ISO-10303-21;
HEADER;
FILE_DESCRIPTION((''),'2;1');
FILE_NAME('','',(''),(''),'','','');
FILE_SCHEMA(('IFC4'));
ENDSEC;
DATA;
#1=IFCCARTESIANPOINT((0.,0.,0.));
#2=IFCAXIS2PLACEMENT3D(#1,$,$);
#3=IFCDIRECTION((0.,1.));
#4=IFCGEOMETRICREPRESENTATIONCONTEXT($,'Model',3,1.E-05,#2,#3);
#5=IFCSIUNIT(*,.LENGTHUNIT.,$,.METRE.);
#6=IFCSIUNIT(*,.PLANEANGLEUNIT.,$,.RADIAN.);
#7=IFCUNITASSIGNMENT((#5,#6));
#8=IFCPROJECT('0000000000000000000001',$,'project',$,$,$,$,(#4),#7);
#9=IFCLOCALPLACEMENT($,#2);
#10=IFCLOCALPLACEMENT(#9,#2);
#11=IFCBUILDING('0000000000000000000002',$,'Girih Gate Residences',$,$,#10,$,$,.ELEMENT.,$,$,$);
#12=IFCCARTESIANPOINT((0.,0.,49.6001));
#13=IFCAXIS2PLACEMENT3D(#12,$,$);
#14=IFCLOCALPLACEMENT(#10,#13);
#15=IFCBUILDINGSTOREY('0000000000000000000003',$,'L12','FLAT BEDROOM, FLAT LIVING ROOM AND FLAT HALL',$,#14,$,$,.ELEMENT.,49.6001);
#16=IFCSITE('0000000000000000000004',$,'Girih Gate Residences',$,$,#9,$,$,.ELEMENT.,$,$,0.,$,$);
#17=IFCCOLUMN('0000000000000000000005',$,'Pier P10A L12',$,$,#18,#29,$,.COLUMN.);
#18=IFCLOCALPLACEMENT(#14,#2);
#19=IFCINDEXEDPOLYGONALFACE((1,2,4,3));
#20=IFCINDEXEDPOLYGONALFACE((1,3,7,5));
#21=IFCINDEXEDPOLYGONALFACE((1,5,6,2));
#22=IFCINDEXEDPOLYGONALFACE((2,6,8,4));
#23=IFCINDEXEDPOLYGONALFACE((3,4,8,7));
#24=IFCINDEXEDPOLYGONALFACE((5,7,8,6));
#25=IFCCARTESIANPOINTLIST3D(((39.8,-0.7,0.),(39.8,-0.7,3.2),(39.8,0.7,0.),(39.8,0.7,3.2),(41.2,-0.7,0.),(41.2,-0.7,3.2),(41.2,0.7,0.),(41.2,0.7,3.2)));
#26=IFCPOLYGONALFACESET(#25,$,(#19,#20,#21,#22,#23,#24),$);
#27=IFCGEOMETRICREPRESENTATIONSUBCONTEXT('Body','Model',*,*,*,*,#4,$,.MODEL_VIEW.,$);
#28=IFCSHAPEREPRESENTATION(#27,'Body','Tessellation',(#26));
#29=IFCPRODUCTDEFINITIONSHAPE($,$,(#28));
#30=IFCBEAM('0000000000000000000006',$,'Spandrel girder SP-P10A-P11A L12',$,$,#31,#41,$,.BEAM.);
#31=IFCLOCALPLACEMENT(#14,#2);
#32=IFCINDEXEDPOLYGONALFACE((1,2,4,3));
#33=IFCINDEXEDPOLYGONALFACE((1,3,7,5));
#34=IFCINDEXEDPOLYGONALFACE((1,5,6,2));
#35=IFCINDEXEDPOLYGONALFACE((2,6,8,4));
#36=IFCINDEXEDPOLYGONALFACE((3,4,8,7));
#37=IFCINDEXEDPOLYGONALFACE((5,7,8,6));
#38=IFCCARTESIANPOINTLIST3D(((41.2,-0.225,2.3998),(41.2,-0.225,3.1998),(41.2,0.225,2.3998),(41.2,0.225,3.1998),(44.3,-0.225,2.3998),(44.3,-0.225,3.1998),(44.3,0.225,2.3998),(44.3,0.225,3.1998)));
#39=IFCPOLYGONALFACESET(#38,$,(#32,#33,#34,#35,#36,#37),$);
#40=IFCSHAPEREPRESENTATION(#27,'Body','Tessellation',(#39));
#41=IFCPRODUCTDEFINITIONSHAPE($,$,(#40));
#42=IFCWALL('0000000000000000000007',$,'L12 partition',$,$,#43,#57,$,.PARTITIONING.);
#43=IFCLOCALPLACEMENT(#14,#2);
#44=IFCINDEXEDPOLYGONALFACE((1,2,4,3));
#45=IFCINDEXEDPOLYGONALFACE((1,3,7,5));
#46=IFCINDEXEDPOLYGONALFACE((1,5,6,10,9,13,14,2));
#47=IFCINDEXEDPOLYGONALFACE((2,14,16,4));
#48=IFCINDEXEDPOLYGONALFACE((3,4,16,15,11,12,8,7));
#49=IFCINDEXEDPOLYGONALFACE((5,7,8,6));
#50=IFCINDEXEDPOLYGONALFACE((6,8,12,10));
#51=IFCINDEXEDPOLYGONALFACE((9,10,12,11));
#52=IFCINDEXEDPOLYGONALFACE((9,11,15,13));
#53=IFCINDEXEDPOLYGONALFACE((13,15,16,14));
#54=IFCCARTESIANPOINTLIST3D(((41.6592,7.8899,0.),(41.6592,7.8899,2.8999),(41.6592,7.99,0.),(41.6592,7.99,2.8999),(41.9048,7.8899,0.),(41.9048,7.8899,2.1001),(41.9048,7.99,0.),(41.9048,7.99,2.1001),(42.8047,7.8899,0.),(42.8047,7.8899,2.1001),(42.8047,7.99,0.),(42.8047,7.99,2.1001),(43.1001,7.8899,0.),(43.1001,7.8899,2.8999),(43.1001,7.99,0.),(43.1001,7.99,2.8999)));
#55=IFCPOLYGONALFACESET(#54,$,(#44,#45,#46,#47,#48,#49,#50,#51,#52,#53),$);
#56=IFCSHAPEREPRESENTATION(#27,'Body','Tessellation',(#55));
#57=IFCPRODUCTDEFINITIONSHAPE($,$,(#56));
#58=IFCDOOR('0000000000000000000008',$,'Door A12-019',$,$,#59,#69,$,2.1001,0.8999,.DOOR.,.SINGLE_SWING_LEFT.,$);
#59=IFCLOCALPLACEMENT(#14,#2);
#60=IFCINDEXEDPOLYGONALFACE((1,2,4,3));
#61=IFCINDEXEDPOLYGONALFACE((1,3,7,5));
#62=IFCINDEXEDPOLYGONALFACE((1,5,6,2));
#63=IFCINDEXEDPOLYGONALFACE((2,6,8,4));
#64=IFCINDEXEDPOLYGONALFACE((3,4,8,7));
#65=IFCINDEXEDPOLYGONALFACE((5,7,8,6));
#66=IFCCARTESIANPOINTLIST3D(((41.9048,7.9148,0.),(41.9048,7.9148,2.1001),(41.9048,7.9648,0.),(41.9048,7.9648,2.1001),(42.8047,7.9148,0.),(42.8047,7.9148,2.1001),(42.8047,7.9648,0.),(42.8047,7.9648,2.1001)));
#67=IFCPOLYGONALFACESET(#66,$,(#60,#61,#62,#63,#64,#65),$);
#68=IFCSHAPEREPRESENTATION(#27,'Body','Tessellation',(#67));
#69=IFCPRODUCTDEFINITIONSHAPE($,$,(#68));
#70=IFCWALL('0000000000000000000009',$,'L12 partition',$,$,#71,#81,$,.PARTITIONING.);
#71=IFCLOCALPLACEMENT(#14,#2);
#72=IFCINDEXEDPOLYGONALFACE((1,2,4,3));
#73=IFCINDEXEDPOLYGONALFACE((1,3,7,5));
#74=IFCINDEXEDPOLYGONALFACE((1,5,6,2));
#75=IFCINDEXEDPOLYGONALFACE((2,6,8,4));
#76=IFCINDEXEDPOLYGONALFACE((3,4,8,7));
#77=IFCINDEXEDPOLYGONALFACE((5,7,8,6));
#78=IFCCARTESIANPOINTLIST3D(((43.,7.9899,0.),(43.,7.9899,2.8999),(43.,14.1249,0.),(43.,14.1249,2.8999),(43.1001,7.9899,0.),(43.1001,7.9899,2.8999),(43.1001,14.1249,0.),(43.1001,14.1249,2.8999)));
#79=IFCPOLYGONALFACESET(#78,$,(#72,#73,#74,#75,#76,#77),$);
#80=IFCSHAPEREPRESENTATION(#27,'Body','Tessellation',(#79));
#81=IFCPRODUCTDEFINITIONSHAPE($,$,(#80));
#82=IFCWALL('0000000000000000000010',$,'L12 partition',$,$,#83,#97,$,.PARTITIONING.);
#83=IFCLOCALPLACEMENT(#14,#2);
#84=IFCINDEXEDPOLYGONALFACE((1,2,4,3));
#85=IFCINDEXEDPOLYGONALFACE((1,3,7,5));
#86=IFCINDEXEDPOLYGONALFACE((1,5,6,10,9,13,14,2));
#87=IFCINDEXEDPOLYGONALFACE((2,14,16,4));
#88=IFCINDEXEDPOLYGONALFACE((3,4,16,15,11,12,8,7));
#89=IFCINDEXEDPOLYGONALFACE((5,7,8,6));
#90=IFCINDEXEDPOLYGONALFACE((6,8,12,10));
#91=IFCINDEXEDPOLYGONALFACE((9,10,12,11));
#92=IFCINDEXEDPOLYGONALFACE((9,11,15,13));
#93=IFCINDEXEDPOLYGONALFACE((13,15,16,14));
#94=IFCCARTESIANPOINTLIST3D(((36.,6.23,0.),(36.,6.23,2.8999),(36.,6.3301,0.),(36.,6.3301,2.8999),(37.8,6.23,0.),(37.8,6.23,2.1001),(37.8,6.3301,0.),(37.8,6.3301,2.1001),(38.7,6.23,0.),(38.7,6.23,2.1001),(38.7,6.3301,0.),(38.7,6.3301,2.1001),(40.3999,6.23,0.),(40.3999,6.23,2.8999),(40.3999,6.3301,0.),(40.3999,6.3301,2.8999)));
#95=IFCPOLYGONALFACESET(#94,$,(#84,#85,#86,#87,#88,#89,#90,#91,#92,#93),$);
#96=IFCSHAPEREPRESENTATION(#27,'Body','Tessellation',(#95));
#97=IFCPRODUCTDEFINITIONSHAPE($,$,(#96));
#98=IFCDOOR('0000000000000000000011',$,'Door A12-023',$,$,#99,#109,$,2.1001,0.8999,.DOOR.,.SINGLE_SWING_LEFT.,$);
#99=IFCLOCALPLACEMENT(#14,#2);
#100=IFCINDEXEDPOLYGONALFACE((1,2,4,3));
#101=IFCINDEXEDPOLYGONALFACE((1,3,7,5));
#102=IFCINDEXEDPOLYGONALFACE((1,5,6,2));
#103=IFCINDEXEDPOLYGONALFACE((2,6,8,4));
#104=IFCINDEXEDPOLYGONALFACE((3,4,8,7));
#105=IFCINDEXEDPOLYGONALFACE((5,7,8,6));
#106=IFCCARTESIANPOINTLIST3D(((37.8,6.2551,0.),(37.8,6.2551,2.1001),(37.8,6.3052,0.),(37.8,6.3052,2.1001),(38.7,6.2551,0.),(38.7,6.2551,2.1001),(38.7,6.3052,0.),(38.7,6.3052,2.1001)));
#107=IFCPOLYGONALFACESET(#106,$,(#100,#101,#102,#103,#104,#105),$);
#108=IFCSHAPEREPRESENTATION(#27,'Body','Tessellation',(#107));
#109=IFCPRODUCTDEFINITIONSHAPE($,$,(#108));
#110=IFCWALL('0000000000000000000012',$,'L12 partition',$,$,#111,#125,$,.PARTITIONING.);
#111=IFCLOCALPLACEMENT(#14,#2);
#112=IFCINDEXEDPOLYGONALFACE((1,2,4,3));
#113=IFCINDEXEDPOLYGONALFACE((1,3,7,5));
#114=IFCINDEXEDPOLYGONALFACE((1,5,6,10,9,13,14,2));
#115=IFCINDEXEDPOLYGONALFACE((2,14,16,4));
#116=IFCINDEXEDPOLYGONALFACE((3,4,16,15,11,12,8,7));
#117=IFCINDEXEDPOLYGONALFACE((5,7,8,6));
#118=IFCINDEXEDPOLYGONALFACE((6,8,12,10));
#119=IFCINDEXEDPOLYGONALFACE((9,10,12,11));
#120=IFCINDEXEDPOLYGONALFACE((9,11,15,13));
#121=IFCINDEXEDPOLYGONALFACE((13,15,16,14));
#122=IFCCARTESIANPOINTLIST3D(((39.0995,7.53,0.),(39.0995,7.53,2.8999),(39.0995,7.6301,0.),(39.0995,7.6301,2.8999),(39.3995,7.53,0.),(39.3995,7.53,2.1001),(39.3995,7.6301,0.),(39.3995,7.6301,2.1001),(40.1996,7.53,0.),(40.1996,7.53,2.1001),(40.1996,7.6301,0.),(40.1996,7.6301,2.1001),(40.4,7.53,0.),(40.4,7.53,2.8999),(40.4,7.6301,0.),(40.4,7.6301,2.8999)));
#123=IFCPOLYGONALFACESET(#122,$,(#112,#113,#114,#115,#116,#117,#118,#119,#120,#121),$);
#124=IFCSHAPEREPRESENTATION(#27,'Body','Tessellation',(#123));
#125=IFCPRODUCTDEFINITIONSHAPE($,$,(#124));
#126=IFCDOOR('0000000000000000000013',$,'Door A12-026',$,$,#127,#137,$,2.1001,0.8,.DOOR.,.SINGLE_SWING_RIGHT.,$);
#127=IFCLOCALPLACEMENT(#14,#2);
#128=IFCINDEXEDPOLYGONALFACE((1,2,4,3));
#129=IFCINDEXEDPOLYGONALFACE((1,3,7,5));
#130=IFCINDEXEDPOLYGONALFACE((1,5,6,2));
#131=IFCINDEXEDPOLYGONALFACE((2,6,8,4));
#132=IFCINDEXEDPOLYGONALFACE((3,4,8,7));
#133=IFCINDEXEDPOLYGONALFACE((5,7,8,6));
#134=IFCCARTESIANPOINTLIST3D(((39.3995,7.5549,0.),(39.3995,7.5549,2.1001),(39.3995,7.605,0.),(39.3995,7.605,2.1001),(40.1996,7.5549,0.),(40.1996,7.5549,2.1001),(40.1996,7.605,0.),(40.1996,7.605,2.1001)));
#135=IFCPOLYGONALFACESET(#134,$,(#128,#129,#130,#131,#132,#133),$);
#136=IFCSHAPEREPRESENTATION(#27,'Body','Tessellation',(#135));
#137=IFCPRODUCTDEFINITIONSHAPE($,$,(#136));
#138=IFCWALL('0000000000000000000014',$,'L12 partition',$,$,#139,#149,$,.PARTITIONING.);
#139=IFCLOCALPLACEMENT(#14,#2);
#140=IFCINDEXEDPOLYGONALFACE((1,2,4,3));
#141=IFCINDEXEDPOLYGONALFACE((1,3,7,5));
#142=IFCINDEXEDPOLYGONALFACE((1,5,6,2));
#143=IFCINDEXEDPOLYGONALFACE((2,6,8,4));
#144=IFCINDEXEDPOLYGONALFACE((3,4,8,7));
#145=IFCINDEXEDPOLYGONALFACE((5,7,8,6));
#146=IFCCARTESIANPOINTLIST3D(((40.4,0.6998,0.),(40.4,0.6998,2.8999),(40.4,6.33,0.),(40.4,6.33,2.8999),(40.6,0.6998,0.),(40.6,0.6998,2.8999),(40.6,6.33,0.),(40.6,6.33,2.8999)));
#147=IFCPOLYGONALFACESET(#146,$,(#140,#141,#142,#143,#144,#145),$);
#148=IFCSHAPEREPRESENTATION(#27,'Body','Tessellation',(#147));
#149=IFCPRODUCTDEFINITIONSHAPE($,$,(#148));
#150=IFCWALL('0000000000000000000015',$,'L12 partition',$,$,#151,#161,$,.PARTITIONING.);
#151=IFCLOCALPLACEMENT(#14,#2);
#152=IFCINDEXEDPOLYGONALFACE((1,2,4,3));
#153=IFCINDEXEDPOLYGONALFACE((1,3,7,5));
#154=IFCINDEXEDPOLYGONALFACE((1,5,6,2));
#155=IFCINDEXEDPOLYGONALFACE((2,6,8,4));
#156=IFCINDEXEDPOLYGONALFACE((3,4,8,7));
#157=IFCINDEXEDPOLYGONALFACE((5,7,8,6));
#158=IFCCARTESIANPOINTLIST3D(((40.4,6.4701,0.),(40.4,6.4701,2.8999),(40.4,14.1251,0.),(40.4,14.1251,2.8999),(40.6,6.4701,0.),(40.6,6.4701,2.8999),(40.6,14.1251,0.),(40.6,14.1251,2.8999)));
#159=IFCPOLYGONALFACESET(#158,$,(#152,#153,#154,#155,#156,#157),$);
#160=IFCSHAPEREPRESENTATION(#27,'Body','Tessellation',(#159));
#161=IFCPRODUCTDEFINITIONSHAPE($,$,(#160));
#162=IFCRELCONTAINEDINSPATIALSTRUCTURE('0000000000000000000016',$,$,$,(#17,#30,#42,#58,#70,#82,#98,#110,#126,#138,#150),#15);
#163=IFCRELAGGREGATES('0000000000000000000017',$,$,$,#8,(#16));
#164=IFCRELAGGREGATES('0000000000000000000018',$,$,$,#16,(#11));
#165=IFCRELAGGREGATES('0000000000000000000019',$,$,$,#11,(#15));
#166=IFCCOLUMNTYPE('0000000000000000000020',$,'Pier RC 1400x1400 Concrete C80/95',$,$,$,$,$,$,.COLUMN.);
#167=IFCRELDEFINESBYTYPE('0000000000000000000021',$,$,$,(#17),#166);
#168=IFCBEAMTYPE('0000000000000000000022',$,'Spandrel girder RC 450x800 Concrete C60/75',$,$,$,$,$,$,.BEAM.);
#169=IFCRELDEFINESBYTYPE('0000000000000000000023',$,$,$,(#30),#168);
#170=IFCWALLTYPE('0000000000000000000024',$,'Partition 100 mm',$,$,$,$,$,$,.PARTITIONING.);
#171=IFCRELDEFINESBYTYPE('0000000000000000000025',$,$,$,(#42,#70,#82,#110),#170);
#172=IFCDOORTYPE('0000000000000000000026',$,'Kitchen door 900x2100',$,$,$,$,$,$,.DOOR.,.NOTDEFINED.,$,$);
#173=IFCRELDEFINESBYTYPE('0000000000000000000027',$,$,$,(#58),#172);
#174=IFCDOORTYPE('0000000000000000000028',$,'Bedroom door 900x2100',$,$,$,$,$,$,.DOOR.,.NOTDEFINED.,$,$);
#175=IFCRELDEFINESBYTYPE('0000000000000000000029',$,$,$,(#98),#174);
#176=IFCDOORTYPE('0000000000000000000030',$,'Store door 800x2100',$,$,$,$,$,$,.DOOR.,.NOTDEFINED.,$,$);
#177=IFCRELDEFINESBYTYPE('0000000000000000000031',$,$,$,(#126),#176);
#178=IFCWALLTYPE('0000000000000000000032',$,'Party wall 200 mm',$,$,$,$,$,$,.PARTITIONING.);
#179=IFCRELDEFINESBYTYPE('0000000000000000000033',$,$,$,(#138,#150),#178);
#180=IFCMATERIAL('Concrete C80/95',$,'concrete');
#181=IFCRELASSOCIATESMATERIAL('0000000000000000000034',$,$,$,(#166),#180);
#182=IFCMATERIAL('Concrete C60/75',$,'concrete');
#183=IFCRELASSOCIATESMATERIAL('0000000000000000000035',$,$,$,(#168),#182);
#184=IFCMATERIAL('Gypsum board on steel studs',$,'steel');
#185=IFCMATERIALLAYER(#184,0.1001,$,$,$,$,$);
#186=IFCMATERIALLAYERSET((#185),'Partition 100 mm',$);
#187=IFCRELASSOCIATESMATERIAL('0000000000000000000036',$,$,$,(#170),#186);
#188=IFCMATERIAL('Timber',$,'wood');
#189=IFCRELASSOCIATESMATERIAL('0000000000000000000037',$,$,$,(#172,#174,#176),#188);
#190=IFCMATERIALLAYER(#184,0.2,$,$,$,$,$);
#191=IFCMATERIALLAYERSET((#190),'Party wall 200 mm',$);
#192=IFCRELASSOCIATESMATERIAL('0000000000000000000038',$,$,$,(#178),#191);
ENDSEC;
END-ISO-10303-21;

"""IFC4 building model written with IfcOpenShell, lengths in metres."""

from ifc_helpers import new_model, si_unit, direction, frame, frame_2d, origin, origin_2d, place, context, subcontext, project, spatial, rectangle, extrude, material, layer, layer_set, material_profile, profile_set, type_object, element, fill, save


model = new_model("IFC4")

# Units and contexts
model_context = context("Model", 3, precision=1e-05, world=origin(), true_north=direction((0.0, 1.0)))
body_context = subcontext(model_context, "Body", "Model", "MODEL_VIEW")
ifc_project = project(units=[si_unit("LENGTHUNIT", "METRE"), si_unit("PLANEANGLEUNIT", "RADIAN")], contexts=[model_context])

# Site, building, storey
site_placement = place(None, origin())
site = spatial("IfcSite", under=ifc_project, at=site_placement, Name="Girih Gate Residences", CompositionType="ELEMENT", RefElevation=0.0)
building_placement = place(site_placement, origin())
building = spatial("IfcBuilding", under=site, at=building_placement, Name="Girih Gate Residences", CompositionType="ELEMENT")
storey_placement = place(building_placement, frame((0.0, 0.0, 49.6001)))
storey = spatial("IfcBuildingStorey", under=building, at=storey_placement, Name="L12", Description="FLAT BEDROOM, FLAT LIVING ROOM AND FLAT HALL", CompositionType="ELEMENT", Elevation=49.6001)

# Column
ifc_material_1 = material(Name="Concrete C80/95", Category="concrete")
ifc_material_profile_1 = material_profile(ifc_material_1, rectangle(XDim=1.3999, YDim=1.3999, at=origin_2d()))
ifc_profile_set_1 = profile_set([ifc_material_profile_1], Name="Concrete C80/95")
column_type = type_object("IfcColumnType", Name="Pier RC 1400x1400 Concrete C80/95", PredefinedType="COLUMN", material=ifc_profile_set_1)
column_placement = place(storey_placement, frame((40.5, 0.0, 0.0), z_axis=(0.0, 0.0, 1.0), x_axis=(1.0, 0.0, 0.0)))
element("IfcColumn", 1, at=column_placement, inside=storey, type_object=column_type, Name="Pier P10A L12", PredefinedType="COLUMN", context=body_context, shape_type="SweptSolid", body=[
    extrude(rectangle(XDim=1.3999, YDim=1.3999, at=origin_2d()), origin(), (0.0, 0.0, 1.0), 3.2),
])

# Beam
ifc_material_2 = material(Name="Concrete C60/75", Category="concrete")
ifc_material_profile_2 = material_profile(ifc_material_2, rectangle(XDim=0.45, YDim=0.8, at=origin_2d()))
ifc_profile_set_2 = profile_set([ifc_material_profile_2], Name="Concrete C60/75")
beam_type = type_object("IfcBeamType", Name="Spandrel girder RC 450x800 Concrete C60/75", PredefinedType="BEAM", material=ifc_profile_set_2)
beam_placement = place(storey_placement, frame((41.2, 0.0, 2.7998), z_axis=(1.0, 0.0, 0.0), x_axis=(0.0, 1.0, 0.0)))
element("IfcBeam", 2, at=beam_placement, inside=storey, type_object=beam_type, Name="Spandrel girder SP-P10A-P11A L12", PredefinedType="BEAM", context=body_context, shape_type="SweptSolid", body=[
    extrude(rectangle(XDim=0.45, YDim=0.8, at=origin_2d()), origin(), (0.0, 0.0, 1.0), 3.1001),
])

# Wall, opening, door
ifc_material_3 = material(Name="Gypsum board on steel studs", Category="steel")
ifc_layer_1 = layer(ifc_material_3, 0.1001)
ifc_layer_set_1 = layer_set([ifc_layer_1], Name="Partition 100 mm")
wall_type_1 = type_object("IfcWallType", Name="Partition 100 mm", PredefinedType="PARTITIONING", material=ifc_layer_set_1)
wall_1_placement = place(storey_placement, frame((41.6592, 7.9399, 0.0), z_axis=(0.0, 0.0, 1.0), x_axis=(1.0, 0.0, 0.0)))
wall_1 = element("IfcWall", 3, at=wall_1_placement, inside=storey, type_object=wall_type_1, Name="L12 partition", PredefinedType="PARTITIONING", context=body_context, shape_type="SweptSolid", body=[
    extrude(rectangle(XDim=1.4409, YDim=0.1001, at=frame_2d((0.7205, 0.0))), origin(), (0.0, 0.0, 1.0), 2.8999),
])
opening_1_placement = place(wall_1_placement, frame((0.2456, 0.0, 0.0)))
opening_1 = element("IfcOpeningElement", 4, at=opening_1_placement, cuts=wall_1, PredefinedType="OPENING", context=body_context, shape_type="SweptSolid", body=[
    extrude(rectangle(XDim=0.8999, YDim=2.1001, at=frame_2d((0.45, 1.05))), frame((0.0, 0.0601, 0.0), z_axis=(0.0, -1.0, 0.0), x_axis=(1.0, 0.0, 0.0)), (0.0, 0.0, 1.0), 0.1201),
])
ifc_material_4 = material(Name="Timber", Category="wood")
door_type_1 = type_object("IfcDoorType", Name="Kitchen door 900x2100", OperationType="NOTDEFINED", PredefinedType="DOOR", material=ifc_material_4)
door_1_placement = place(opening_1_placement, origin())
door_1 = element("IfcDoor", 5, at=door_1_placement, inside=storey, type_object=door_type_1, Name="Door A12-019", OperationType="SINGLE_SWING_LEFT", OverallHeight=2.1001, OverallWidth=0.8999, PredefinedType="DOOR", context=body_context, shape_type="SweptSolid", body=[
    extrude(rectangle(XDim=0.8999, YDim=2.1001, at=frame_2d((0.45, 1.05))), frame((0.0, 0.0249, 0.0), z_axis=(0.0, -1.0, 0.0), x_axis=(1.0, 0.0, 0.0)), (0.0, 0.0, 1.0), 0.05),
])
fill(opening_1, door_1)

# Wall
wall_2_placement = place(storey_placement, frame((43.05, 7.99, 0.0), z_axis=(0.0, 0.0, 1.0), x_axis=(0.0, 1.0, 0.0)))
element("IfcWall", 6, at=wall_2_placement, inside=storey, type_object=wall_type_1, Name="L12 partition", PredefinedType="PARTITIONING", context=body_context, shape_type="SweptSolid", body=[
    extrude(rectangle(XDim=6.135, YDim=0.1001, at=frame_2d((3.0674, 0.0))), origin(), (0.0, 0.0, 1.0), 2.8999),
])

# Walls, openings, doors
wall_3_placement = place(storey_placement, frame((40.3999, 6.28, 0.0), z_axis=(0.0, 0.0, 1.0), x_axis=(-1.0, 0.0, 0.0)))
wall_3 = element("IfcWall", 7, at=wall_3_placement, inside=storey, type_object=wall_type_1, Name="L12 partition", PredefinedType="PARTITIONING", context=body_context, shape_type="SweptSolid", body=[
    extrude(rectangle(XDim=4.3999, YDim=0.1001, at=frame_2d((2.2, 0.0))), origin(), (0.0, 0.0, 1.0), 2.8999),
])
opening_2_placement = place(wall_3_placement, frame((1.7, 0.0, 0.0)))
opening_2 = element("IfcOpeningElement", 8, at=opening_2_placement, cuts=wall_3, PredefinedType="OPENING", context=body_context, shape_type="SweptSolid", body=[
    extrude(rectangle(XDim=0.8999, YDim=2.1001, at=frame_2d((0.45, 1.05))), frame((0.0, 0.0601, 0.0), z_axis=(0.0, -1.0, 0.0), x_axis=(1.0, 0.0, 0.0)), (0.0, 0.0, 1.0), 0.1201),
])
door_type_2 = type_object("IfcDoorType", Name="Bedroom door 900x2100", OperationType="NOTDEFINED", PredefinedType="DOOR", material=ifc_material_4)
door_2_placement = place(opening_2_placement, origin())
door_2 = element("IfcDoor", 9, at=door_2_placement, inside=storey, type_object=door_type_2, Name="Door A12-023", OperationType="SINGLE_SWING_LEFT", OverallHeight=2.1001, OverallWidth=0.8999, PredefinedType="DOOR", context=body_context, shape_type="SweptSolid", body=[
    extrude(rectangle(XDim=0.8999, YDim=2.1001, at=frame_2d((0.45, 1.05))), frame((0.0, 0.0249, 0.0), z_axis=(0.0, -1.0, 0.0), x_axis=(1.0, 0.0, 0.0)), (0.0, 0.0, 1.0), 0.05),
])
fill(opening_2, door_2)
wall_4_placement = place(storey_placement, frame((39.0994, 7.5801, 0.0), z_axis=(0.0, 0.0, 1.0), x_axis=(1.0, 0.0, 0.0)))
wall_4 = element("IfcWall", 10, at=wall_4_placement, inside=storey, type_object=wall_type_1, Name="L12 partition", PredefinedType="PARTITIONING", context=body_context, shape_type="SweptSolid", body=[
    extrude(rectangle(XDim=1.3005, YDim=0.1001, at=frame_2d((0.6504, 0.0))), origin(), (0.0, 0.0, 1.0), 2.8999),
])
opening_3_placement = place(wall_4_placement, frame((0.3003, 0.0, 0.0)))
opening_3 = element("IfcOpeningElement", 11, at=opening_3_placement, cuts=wall_4, PredefinedType="OPENING", context=body_context, shape_type="SweptSolid", body=[
    extrude(rectangle(XDim=0.8, YDim=2.1001, at=frame_2d((0.3999, 1.05))), frame((0.0, 0.0601, 0.0), z_axis=(0.0, -1.0, 0.0), x_axis=(1.0, 0.0, 0.0)), (0.0, 0.0, 1.0), 0.1201),
])
door_type_3 = type_object("IfcDoorType", Name="Store door 800x2100", OperationType="NOTDEFINED", PredefinedType="DOOR", material=ifc_material_4)
door_3_placement = place(opening_3_placement, origin())
door_3 = element("IfcDoor", 12, at=door_3_placement, inside=storey, type_object=door_type_3, Name="Door A12-026", OperationType="SINGLE_SWING_RIGHT", OverallHeight=2.1001, OverallWidth=0.8, PredefinedType="DOOR", context=body_context, shape_type="SweptSolid", body=[
    extrude(rectangle(XDim=0.8, YDim=2.1001, at=frame_2d((0.3999, 1.05))), frame((0.0, 0.0249, 0.0), z_axis=(0.0, -1.0, 0.0), x_axis=(1.0, 0.0, 0.0)), (0.0, 0.0, 1.0), 0.05),
])
fill(opening_3, door_3)

# Walls
ifc_layer_2 = layer(ifc_material_3, 0.2)
ifc_layer_set_2 = layer_set([ifc_layer_2], Name="Party wall 200 mm")
wall_type_2 = type_object("IfcWallType", Name="Party wall 200 mm", PredefinedType="PARTITIONING", material=ifc_layer_set_2)
wall_5_placement = place(storey_placement, frame((40.5, 0.7, 0.0), z_axis=(0.0, 0.0, 1.0), x_axis=(0.0, 1.0, 0.0)))
element("IfcWall", 13, at=wall_5_placement, inside=storey, type_object=wall_type_2, Name="L12 partition", PredefinedType="PARTITIONING", context=body_context, shape_type="SweptSolid", body=[
    extrude(rectangle(XDim=5.6301, YDim=0.2, at=frame_2d((2.8149, 0.0))), origin(), (0.0, 0.0, 1.0), 2.8999),
])
wall_6_placement = place(storey_placement, frame((40.5, 6.47, 0.0), z_axis=(0.0, 0.0, 1.0), x_axis=(0.0, 1.0, 0.0)))
element("IfcWall", 14, at=wall_6_placement, inside=storey, type_object=wall_type_2, Name="L12 partition", PredefinedType="PARTITIONING", context=body_context, shape_type="SweptSolid", body=[
    extrude(rectangle(XDim=7.655, YDim=0.2, at=frame_2d((3.8276, 0.0))), origin(), (0.0, 0.0, 1.0), 2.8999),
])

save(model, "model.ifc")
